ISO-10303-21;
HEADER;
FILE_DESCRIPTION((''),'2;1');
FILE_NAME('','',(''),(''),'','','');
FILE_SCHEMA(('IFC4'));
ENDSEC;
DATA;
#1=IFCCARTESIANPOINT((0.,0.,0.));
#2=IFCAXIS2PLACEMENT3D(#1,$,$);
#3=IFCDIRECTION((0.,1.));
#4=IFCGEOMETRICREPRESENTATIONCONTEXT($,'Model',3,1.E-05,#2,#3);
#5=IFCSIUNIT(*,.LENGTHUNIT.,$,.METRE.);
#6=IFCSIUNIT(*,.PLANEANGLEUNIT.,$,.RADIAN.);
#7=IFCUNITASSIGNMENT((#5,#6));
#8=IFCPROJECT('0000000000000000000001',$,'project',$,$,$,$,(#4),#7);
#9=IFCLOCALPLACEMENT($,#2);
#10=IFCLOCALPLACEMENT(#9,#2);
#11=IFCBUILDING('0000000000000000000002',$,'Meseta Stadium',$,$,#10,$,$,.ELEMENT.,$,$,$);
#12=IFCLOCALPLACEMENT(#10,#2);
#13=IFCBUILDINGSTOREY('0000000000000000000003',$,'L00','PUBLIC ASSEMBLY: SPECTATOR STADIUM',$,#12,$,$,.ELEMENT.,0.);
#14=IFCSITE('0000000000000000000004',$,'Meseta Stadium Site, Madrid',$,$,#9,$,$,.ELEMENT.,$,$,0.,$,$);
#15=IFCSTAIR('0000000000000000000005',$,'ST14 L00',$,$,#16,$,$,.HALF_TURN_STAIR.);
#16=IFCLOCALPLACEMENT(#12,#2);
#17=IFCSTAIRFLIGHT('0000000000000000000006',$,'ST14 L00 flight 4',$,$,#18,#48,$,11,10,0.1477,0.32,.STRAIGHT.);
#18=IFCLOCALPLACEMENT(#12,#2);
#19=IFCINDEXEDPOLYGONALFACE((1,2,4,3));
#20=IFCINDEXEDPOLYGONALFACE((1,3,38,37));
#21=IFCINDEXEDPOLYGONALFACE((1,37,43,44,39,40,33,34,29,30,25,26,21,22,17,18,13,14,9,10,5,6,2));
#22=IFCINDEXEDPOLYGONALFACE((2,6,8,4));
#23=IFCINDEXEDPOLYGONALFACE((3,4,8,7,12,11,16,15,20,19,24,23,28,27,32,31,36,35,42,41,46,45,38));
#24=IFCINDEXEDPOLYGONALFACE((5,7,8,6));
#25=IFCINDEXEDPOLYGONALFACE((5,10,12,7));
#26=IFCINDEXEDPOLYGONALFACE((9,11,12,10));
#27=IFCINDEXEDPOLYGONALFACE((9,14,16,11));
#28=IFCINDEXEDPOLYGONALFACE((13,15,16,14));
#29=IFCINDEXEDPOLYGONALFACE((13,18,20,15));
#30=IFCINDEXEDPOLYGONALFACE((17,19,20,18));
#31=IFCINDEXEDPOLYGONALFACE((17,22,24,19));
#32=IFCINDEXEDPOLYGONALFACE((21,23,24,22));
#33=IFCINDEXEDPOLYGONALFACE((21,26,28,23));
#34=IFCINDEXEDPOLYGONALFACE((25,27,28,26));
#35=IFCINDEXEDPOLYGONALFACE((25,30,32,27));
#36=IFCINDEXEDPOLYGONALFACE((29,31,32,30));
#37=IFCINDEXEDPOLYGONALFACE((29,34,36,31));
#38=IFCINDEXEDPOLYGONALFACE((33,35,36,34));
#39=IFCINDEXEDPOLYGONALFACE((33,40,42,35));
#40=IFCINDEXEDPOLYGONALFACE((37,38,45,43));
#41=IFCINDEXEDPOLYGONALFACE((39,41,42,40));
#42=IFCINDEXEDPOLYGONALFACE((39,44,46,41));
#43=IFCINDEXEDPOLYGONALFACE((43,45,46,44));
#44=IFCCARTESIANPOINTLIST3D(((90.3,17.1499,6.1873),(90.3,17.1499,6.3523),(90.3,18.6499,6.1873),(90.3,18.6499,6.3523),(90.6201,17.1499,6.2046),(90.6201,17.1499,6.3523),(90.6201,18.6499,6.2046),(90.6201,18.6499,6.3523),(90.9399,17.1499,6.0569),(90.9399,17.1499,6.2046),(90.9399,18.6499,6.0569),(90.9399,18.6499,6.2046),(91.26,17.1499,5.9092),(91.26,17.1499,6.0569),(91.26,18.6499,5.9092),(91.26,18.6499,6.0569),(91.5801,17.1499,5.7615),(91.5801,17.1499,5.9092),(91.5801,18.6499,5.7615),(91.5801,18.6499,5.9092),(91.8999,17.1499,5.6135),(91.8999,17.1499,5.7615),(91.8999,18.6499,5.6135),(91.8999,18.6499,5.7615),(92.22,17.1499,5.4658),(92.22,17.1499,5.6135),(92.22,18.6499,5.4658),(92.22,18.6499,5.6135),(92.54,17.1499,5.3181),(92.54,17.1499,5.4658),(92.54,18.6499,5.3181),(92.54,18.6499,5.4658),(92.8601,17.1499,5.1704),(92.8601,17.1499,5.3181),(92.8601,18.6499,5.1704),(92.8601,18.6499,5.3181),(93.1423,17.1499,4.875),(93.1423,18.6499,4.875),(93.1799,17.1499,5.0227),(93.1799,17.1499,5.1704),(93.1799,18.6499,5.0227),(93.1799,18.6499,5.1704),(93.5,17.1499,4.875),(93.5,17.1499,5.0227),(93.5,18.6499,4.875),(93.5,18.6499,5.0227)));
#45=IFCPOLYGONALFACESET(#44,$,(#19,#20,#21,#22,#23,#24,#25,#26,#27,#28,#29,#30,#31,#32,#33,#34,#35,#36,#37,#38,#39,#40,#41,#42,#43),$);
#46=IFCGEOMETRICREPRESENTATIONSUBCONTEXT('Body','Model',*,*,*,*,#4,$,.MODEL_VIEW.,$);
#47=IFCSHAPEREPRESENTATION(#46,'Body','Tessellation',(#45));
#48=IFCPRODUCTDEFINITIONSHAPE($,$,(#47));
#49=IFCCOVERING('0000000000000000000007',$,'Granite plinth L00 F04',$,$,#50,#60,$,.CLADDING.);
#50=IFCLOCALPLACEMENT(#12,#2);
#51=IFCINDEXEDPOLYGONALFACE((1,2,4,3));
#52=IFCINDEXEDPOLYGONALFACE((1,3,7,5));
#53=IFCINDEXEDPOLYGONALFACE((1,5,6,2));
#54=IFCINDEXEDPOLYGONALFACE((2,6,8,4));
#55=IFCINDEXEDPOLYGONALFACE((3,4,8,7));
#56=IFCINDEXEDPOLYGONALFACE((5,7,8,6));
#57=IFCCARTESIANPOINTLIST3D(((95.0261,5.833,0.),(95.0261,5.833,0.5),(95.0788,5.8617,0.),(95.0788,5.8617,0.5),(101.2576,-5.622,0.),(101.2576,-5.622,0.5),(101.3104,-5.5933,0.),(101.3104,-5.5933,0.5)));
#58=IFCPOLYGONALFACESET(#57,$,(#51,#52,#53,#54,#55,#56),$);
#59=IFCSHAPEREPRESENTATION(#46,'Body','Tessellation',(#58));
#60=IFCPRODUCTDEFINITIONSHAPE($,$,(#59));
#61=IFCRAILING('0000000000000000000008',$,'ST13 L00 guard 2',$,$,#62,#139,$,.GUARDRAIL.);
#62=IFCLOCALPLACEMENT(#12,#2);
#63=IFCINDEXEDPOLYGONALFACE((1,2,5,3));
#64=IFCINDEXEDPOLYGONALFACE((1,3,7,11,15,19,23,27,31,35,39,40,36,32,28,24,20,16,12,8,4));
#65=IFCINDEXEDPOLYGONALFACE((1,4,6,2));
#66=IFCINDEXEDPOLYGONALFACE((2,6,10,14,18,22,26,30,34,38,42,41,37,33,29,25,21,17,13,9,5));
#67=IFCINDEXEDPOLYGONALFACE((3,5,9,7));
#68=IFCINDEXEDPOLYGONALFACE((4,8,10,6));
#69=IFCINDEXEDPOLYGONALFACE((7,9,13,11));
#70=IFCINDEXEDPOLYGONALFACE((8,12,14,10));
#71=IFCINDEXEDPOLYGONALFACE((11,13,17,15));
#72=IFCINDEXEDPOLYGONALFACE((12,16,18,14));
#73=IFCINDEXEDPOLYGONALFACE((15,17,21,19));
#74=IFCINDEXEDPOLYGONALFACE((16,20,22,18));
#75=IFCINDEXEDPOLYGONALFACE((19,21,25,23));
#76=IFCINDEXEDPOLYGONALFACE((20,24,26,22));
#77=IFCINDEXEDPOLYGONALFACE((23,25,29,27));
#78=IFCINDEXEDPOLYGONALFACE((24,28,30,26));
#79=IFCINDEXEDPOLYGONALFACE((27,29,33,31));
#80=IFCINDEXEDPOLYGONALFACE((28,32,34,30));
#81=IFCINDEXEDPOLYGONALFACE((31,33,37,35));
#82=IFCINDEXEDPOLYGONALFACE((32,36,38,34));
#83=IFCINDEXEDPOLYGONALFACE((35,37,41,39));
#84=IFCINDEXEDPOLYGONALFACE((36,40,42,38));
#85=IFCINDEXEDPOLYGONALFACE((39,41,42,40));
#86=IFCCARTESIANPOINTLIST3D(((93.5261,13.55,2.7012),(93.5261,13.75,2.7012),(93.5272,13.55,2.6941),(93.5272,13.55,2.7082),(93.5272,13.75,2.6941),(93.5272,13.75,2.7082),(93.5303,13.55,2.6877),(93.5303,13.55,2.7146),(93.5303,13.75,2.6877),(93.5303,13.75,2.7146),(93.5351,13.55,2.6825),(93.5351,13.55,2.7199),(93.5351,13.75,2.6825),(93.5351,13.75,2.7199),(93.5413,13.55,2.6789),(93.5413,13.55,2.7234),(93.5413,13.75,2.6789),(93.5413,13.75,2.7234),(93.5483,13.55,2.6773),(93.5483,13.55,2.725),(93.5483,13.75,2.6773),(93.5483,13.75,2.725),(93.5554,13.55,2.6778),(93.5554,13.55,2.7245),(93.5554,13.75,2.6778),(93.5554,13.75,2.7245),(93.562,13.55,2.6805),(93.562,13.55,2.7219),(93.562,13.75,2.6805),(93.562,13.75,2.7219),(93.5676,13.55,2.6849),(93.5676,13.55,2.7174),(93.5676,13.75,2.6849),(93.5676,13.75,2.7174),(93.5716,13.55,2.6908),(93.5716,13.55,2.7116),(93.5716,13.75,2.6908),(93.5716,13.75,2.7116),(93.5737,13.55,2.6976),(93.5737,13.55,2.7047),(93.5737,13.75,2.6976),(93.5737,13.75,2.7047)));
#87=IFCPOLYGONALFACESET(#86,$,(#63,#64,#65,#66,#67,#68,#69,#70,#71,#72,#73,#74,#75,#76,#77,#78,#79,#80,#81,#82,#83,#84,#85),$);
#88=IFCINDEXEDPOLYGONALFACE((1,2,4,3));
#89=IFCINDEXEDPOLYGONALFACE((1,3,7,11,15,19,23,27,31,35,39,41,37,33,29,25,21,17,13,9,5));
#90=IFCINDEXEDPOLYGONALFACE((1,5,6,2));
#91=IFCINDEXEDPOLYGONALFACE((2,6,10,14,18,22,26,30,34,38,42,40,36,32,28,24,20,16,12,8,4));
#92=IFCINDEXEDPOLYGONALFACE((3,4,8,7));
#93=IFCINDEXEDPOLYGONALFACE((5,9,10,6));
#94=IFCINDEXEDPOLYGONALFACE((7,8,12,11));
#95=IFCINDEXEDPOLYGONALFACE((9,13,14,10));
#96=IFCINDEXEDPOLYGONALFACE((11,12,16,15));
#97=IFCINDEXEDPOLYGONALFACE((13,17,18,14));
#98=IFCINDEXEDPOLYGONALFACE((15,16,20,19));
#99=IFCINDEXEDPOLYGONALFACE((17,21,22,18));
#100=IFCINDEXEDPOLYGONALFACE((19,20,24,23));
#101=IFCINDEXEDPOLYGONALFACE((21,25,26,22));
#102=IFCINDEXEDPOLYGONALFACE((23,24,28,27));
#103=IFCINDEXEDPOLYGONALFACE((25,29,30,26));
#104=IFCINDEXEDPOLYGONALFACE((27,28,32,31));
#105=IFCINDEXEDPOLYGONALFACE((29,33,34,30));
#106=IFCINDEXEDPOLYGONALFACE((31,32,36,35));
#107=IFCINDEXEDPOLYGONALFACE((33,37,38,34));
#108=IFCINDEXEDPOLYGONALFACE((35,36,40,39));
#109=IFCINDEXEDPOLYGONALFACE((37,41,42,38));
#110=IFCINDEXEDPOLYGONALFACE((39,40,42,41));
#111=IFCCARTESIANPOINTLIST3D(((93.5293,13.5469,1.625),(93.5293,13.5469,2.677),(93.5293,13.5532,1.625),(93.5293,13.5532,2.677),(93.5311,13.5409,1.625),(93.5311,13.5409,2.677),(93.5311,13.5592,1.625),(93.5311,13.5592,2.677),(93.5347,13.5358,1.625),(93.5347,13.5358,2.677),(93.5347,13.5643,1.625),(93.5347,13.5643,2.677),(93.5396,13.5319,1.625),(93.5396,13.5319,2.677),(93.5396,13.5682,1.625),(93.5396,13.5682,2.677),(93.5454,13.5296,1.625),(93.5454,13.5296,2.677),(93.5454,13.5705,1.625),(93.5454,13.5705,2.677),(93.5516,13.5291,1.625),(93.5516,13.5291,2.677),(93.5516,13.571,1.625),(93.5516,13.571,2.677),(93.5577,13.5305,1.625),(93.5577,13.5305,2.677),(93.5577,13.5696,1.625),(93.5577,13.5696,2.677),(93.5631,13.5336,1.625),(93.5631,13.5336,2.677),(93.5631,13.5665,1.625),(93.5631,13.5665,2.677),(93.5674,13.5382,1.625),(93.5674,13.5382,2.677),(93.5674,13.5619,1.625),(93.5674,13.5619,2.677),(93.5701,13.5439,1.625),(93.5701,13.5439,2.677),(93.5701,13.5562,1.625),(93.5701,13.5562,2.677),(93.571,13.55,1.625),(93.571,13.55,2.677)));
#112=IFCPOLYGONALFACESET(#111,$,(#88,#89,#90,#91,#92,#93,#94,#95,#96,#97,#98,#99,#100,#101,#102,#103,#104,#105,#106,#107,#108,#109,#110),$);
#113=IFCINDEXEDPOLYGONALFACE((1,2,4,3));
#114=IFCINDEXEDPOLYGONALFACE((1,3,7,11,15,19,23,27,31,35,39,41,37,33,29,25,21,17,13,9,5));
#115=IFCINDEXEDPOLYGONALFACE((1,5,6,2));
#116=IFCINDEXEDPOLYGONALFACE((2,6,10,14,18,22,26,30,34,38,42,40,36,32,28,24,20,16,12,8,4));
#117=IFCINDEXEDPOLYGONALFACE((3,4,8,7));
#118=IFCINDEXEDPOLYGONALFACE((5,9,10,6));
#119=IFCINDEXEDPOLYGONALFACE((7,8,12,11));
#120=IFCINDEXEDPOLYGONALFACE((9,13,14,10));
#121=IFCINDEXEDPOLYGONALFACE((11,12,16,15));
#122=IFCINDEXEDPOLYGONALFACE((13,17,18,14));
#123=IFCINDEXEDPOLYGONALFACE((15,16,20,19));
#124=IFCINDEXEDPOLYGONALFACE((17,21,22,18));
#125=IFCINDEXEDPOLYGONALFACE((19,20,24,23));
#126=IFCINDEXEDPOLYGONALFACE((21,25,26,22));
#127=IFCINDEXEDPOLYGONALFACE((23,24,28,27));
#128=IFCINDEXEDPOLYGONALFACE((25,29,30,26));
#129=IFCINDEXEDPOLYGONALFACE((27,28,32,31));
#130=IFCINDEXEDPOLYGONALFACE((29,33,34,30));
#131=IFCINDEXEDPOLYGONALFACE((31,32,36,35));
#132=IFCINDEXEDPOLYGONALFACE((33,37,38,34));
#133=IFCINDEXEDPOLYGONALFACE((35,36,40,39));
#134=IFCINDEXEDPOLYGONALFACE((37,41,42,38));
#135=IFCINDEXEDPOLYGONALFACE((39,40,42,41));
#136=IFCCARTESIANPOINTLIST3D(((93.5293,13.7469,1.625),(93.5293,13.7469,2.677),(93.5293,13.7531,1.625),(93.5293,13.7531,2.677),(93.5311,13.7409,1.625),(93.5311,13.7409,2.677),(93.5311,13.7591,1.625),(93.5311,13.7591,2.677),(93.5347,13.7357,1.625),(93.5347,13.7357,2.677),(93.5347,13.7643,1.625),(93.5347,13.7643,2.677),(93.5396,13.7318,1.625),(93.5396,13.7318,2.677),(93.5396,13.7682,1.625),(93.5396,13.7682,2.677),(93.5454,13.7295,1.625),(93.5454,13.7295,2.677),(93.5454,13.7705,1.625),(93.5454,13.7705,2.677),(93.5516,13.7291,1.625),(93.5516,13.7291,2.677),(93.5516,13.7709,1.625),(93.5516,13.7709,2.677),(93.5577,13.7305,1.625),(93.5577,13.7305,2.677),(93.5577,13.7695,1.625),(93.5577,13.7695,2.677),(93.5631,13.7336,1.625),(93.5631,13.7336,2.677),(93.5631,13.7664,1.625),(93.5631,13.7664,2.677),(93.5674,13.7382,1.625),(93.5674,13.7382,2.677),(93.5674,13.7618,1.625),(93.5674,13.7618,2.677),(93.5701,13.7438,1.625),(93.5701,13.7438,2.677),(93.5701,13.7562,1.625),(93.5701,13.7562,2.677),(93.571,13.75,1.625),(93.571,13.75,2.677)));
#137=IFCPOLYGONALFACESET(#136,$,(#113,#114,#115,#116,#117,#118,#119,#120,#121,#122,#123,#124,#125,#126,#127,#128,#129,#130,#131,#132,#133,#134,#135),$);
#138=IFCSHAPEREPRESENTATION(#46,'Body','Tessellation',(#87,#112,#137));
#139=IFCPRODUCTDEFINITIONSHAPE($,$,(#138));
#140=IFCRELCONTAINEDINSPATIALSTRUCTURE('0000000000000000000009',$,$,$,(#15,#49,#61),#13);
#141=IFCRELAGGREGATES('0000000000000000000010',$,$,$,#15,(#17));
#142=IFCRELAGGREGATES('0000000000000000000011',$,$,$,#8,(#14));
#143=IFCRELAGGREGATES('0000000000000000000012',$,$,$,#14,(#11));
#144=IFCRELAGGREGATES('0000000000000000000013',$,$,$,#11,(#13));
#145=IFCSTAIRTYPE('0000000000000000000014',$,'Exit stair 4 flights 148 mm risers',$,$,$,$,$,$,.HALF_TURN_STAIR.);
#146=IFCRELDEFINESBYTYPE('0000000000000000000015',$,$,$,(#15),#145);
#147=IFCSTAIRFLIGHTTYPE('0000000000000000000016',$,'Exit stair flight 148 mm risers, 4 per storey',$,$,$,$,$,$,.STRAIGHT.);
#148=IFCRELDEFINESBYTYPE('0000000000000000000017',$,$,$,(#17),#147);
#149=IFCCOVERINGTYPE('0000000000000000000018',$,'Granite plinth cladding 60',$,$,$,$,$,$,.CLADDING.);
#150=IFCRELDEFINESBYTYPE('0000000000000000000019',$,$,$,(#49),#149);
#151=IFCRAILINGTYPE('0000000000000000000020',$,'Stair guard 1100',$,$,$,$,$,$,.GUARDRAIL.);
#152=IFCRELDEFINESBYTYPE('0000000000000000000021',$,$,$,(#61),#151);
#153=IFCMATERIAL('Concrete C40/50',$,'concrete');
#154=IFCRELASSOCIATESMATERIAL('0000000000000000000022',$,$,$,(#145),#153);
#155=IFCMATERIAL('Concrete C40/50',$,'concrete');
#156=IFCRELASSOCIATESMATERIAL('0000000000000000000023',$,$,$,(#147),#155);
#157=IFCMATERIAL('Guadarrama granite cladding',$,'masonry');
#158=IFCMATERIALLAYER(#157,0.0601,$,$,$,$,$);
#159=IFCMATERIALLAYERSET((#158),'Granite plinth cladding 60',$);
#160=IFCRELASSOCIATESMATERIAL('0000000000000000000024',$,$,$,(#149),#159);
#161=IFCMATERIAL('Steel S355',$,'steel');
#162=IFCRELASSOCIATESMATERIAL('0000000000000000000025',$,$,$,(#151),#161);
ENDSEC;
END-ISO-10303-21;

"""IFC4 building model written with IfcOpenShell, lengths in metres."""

from ifc_helpers import new_model, si_unit, direction, frame, origin, origin_2d, place, context, subcontext, project, spatial, polyline, rectangle, circle, outline, extrude, material, layer, layer_set, type_object, element, aggregate, save


model = new_model("IFC4")

# Units and contexts
model_context = context("Model", 3, precision=1e-05, world=origin(), true_north=direction((0.0, 1.0)))
body_context = subcontext(model_context, "Body", "Model", "MODEL_VIEW")
ifc_project = project(units=[si_unit("LENGTHUNIT", "METRE"), si_unit("PLANEANGLEUNIT", "RADIAN")], contexts=[model_context])

# Site, building, storey
site_placement = place(None, origin())
site = spatial("IfcSite", under=ifc_project, at=site_placement, Name="Meseta Stadium Site, Madrid", CompositionType="ELEMENT", RefElevation=0.0)
building_placement = place(site_placement, origin())
building = spatial("IfcBuilding", under=site, at=building_placement, Name="Meseta Stadium", CompositionType="ELEMENT")
storey_placement = place(building_placement, origin())
storey = spatial("IfcBuildingStorey", under=building, at=storey_placement, Name="L00", Description="PUBLIC ASSEMBLY: SPECTATOR STADIUM", CompositionType="ELEMENT", Elevation=0.0)

# Stair, stair flight
ifc_material_1 = material(Name="Concrete C40/50", Category="concrete")
stair_type = type_object("IfcStairType", Name="Exit stair 4 flights 148 mm risers", PredefinedType="HALF_TURN_STAIR", material=ifc_material_1)
ifc_material_2 = material(Name="Concrete C40/50", Category="concrete")
stair_flight_type = type_object("IfcStairFlightType", Name="Exit stair flight 148 mm risers, 4 per storey", PredefinedType="STRAIGHT", material=ifc_material_2)
stair_1_placement = place(storey_placement, origin())
stair_1 = element("IfcStair", 1, at=stair_1_placement, inside=storey, type_object=stair_type, Name="ST14 L00", PredefinedType="HALF_TURN_STAIR")
stair_flight_1_placement = place(storey_placement, frame((93.5, 17.8999, 4.875), z_axis=(0.0, 0.0, 1.0), x_axis=(-1.0, 0.0, 0.0)))
stair_flight_1 = element("IfcStairFlight", 2, at=stair_flight_1_placement, type_object=stair_flight_type, Name="ST14 L00 flight 4", NumberOfRisers=11, NumberOfTreads=10, PredefinedType="STRAIGHT", RiserHeight=0.1477, TreadLength=0.32, context=body_context, shape_type="SweptSolid", body=[
    extrude(outline(polyline([(0.0, 0.0), (0.0, 0.1477), (0.3201, 0.1477), (0.3201, 0.2954), (0.6399, 0.2954), (0.6399, 0.4431), (0.96, 0.4431), (0.96, 0.5908), (1.28, 0.5908), (1.28, 0.7385), (1.6001, 0.7385), (1.6001, 0.8865), (1.9199, 0.8865), (1.9199, 1.0342), (2.24, 1.0342), (2.24, 1.1819), (2.5601, 1.1819), (2.5601, 1.3296), (2.8799, 1.3296), (2.8799, 1.4773), (3.2, 1.4773), (3.2, 1.3123), (0.3577, 0.0), (0.0, 0.0)])), frame((0.0, 0.75, 0.0), z_axis=(0.0, -1.0, 0.0), x_axis=(1.0, 0.0, 0.0)), (0.0, 0.0, 1.0), 1.5),
])
aggregate(stair_1, [stair_flight_1])

# Covering
ifc_material_3 = material(Name="Guadarrama granite cladding", Category="masonry")
ifc_layer_1 = layer(ifc_material_3, 0.0601)
ifc_layer_set_1 = layer_set([ifc_layer_1], Name="Granite plinth cladding 60")
covering_type = type_object("IfcCoveringType", Name="Granite plinth cladding 60", PredefinedType="CLADDING", material=ifc_layer_set_1)
covering_placement = place(storey_placement, frame((98.1682, 0.1199, 0.0), z_axis=(0.0, 0.0, 1.0), x_axis=(0.477867, -0.878432, 0.0)))
element("IfcCovering", 3, at=covering_placement, inside=storey, type_object=covering_type, Name="Granite plinth L00 F04", PredefinedType="CLADDING", context=body_context, shape_type="SweptSolid", body=[
    extrude(rectangle(XDim=13.0403, YDim=0.0601, at=origin_2d()), origin(), (0.0, 0.0, 1.0), 0.5),
])

# Railing
ifc_material_4 = material(Name="Steel S355", Category="steel")
railing_type_1 = type_object("IfcRailingType", Name="Stair guard 1100", PredefinedType="GUARDRAIL", material=ifc_material_4)
railing_1_placement = place(storey_placement, frame((93.55, 13.55, 1.625)))
element("IfcRailing", 4, at=railing_1_placement, inside=storey, type_object=railing_type_1, Name="ST13 L00 guard 2", PredefinedType="GUARDRAIL", context=body_context, shape_type="SweptSolid", body=[
    extrude(circle(Radius=0.0239, at=origin_2d()), frame((0.0, 0.0, 1.0762), z_axis=(0.0, 1.0, 0.0), x_axis=(-1.0, 0.0, 0.0)), (0.0, 0.0, 1.0), 0.2),
    extrude(circle(Radius=0.021, at=origin_2d()), origin(), (0.0, 0.0, 1.0), 1.052),
    extrude(circle(Radius=0.021, at=origin_2d()), frame((0.0, 0.2, 0.0)), (0.0, 0.0, 1.0), 1.052),
])

save(model, "model.ifc")
